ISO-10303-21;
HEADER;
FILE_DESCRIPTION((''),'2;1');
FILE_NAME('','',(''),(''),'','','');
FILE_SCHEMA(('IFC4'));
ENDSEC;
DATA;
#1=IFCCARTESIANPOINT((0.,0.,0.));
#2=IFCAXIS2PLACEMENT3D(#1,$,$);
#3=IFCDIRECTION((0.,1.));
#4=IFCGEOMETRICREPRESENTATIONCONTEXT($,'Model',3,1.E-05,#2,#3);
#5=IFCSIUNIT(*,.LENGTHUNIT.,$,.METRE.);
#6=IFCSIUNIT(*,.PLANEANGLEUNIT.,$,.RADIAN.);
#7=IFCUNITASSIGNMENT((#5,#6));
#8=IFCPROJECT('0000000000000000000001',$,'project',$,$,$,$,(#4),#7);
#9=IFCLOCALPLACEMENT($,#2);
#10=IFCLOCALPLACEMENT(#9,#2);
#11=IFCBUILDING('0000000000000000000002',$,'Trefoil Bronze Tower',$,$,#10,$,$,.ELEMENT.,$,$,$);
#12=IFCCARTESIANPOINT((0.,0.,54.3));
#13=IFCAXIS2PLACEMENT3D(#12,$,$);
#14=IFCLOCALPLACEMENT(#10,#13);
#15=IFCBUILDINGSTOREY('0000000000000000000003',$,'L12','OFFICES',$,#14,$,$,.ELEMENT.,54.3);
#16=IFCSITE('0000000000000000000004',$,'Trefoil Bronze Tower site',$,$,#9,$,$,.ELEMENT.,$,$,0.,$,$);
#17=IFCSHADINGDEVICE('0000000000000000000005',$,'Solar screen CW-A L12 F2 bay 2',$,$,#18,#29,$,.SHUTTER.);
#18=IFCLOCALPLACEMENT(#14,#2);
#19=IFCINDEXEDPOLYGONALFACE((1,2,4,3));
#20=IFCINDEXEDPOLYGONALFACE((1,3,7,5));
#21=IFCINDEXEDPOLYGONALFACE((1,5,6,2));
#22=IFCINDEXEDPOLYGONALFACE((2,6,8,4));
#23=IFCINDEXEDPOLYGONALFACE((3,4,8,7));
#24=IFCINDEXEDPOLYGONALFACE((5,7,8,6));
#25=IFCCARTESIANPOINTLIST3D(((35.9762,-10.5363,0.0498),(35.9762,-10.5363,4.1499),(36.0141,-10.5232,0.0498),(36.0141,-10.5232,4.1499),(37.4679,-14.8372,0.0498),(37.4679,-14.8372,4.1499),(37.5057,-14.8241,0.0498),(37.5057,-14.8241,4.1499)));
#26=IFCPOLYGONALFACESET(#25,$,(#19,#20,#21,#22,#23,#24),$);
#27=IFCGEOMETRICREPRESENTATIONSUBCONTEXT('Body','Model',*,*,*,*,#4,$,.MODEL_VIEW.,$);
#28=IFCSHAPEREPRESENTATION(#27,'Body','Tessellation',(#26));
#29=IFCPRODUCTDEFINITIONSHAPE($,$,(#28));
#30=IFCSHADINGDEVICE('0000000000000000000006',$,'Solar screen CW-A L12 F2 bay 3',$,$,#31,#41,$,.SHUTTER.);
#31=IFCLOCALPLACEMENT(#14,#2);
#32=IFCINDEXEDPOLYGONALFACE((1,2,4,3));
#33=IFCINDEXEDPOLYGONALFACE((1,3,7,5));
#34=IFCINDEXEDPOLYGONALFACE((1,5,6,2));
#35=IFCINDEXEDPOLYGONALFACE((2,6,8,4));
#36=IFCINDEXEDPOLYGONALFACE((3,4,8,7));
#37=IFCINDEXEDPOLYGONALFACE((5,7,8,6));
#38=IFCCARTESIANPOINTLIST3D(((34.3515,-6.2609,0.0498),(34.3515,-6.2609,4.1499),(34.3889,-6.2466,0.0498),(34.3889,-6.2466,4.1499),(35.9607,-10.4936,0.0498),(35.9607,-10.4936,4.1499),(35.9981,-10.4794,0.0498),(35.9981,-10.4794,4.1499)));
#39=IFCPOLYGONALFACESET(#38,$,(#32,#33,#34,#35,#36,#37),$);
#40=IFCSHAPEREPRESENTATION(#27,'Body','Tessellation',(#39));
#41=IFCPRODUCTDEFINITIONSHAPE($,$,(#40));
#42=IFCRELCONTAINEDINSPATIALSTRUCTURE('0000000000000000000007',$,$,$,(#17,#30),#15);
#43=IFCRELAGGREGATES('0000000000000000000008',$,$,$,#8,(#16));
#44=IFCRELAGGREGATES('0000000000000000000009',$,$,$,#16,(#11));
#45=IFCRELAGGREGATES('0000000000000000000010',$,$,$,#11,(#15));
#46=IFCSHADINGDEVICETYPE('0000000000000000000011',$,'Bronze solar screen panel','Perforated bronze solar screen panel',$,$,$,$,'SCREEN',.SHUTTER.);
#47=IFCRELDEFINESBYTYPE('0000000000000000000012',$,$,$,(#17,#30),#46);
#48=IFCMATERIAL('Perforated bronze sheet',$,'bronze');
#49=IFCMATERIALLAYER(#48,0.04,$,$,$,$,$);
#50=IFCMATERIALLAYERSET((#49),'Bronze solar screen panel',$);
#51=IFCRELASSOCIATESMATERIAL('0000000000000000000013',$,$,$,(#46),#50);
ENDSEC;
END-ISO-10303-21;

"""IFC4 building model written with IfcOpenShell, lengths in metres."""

from ifc_helpers import new_model, si_unit, direction, frame, origin, origin_2d, place, context, subcontext, project, spatial, rectangle, extrude, material, layer, layer_set, type_object, element, save


model = new_model("IFC4")

# Units and contexts
model_context = context("Model", 3, precision=1e-05, world=origin(), true_north=direction((0.0, 1.0)))
body_context = subcontext(model_context, "Body", "Model", "MODEL_VIEW")
ifc_project = project(units=[si_unit("LENGTHUNIT", "METRE"), si_unit("PLANEANGLEUNIT", "RADIAN")], contexts=[model_context])

# Site, building, storey
site_placement = place(None, origin())
site = spatial("IfcSite", under=ifc_project, at=site_placement, Name="Trefoil Bronze Tower site", CompositionType="ELEMENT", RefElevation=0.0)
building_placement = place(site_placement, origin())
building = spatial("IfcBuilding", under=site, at=building_placement, Name="Trefoil Bronze Tower", CompositionType="ELEMENT")
storey_placement = place(building_placement, frame((0.0, 0.0, 54.3)))
storey = spatial("IfcBuildingStorey", under=building, at=storey_placement, Name="L12", Description="OFFICES", CompositionType="ELEMENT", Elevation=54.3)

# Shading devices
ifc_material_1 = material(Name="Perforated bronze sheet", Category="bronze")
ifc_layer_1 = layer(ifc_material_1, 0.04)
ifc_layer_set_1 = layer_set([ifc_layer_1], Name="Bronze solar screen panel")
shading_device_type = type_object("IfcShadingDeviceType", Name="Bronze solar screen panel", Description="Perforated bronze solar screen panel", ElementType="SCREEN", PredefinedType="SHUTTER", material=ifc_layer_set_1)
shading_device_1_placement = place(storey_placement, frame((36.741, -12.6802, 0.0498), z_axis=(0.0, 0.0, 1.0), x_axis=(-0.327674, 0.944791, 0.0)))
element("IfcShadingDevice", 1, at=shading_device_1_placement, inside=storey, type_object=shading_device_type, Name="Solar screen CW-A L12 F2 bay 2", PredefinedType="SHUTTER", context=body_context, shape_type="SweptSolid", body=[
    extrude(rectangle(XDim=4.5522, YDim=0.04, at=origin_2d()), origin(), (0.0, 0.0, 1.0), 4.1001),
])
shading_device_2_placement = place(storey_placement, frame((35.1748, -8.3701, 0.0498), z_axis=(0.0, 0.0, 1.0), x_axis=(-0.355371, 0.934725, 0.0)))
element("IfcShadingDevice", 2, at=shading_device_2_placement, inside=storey, type_object=shading_device_type, Name="Solar screen CW-A L12 F2 bay 3", PredefinedType="SHUTTER", context=body_context, shape_type="SweptSolid", body=[
    extrude(rectangle(XDim=4.5283, YDim=0.04, at=origin_2d()), origin(), (0.0, 0.0, 1.0), 4.1001),
])

save(model, "model.ifc")
